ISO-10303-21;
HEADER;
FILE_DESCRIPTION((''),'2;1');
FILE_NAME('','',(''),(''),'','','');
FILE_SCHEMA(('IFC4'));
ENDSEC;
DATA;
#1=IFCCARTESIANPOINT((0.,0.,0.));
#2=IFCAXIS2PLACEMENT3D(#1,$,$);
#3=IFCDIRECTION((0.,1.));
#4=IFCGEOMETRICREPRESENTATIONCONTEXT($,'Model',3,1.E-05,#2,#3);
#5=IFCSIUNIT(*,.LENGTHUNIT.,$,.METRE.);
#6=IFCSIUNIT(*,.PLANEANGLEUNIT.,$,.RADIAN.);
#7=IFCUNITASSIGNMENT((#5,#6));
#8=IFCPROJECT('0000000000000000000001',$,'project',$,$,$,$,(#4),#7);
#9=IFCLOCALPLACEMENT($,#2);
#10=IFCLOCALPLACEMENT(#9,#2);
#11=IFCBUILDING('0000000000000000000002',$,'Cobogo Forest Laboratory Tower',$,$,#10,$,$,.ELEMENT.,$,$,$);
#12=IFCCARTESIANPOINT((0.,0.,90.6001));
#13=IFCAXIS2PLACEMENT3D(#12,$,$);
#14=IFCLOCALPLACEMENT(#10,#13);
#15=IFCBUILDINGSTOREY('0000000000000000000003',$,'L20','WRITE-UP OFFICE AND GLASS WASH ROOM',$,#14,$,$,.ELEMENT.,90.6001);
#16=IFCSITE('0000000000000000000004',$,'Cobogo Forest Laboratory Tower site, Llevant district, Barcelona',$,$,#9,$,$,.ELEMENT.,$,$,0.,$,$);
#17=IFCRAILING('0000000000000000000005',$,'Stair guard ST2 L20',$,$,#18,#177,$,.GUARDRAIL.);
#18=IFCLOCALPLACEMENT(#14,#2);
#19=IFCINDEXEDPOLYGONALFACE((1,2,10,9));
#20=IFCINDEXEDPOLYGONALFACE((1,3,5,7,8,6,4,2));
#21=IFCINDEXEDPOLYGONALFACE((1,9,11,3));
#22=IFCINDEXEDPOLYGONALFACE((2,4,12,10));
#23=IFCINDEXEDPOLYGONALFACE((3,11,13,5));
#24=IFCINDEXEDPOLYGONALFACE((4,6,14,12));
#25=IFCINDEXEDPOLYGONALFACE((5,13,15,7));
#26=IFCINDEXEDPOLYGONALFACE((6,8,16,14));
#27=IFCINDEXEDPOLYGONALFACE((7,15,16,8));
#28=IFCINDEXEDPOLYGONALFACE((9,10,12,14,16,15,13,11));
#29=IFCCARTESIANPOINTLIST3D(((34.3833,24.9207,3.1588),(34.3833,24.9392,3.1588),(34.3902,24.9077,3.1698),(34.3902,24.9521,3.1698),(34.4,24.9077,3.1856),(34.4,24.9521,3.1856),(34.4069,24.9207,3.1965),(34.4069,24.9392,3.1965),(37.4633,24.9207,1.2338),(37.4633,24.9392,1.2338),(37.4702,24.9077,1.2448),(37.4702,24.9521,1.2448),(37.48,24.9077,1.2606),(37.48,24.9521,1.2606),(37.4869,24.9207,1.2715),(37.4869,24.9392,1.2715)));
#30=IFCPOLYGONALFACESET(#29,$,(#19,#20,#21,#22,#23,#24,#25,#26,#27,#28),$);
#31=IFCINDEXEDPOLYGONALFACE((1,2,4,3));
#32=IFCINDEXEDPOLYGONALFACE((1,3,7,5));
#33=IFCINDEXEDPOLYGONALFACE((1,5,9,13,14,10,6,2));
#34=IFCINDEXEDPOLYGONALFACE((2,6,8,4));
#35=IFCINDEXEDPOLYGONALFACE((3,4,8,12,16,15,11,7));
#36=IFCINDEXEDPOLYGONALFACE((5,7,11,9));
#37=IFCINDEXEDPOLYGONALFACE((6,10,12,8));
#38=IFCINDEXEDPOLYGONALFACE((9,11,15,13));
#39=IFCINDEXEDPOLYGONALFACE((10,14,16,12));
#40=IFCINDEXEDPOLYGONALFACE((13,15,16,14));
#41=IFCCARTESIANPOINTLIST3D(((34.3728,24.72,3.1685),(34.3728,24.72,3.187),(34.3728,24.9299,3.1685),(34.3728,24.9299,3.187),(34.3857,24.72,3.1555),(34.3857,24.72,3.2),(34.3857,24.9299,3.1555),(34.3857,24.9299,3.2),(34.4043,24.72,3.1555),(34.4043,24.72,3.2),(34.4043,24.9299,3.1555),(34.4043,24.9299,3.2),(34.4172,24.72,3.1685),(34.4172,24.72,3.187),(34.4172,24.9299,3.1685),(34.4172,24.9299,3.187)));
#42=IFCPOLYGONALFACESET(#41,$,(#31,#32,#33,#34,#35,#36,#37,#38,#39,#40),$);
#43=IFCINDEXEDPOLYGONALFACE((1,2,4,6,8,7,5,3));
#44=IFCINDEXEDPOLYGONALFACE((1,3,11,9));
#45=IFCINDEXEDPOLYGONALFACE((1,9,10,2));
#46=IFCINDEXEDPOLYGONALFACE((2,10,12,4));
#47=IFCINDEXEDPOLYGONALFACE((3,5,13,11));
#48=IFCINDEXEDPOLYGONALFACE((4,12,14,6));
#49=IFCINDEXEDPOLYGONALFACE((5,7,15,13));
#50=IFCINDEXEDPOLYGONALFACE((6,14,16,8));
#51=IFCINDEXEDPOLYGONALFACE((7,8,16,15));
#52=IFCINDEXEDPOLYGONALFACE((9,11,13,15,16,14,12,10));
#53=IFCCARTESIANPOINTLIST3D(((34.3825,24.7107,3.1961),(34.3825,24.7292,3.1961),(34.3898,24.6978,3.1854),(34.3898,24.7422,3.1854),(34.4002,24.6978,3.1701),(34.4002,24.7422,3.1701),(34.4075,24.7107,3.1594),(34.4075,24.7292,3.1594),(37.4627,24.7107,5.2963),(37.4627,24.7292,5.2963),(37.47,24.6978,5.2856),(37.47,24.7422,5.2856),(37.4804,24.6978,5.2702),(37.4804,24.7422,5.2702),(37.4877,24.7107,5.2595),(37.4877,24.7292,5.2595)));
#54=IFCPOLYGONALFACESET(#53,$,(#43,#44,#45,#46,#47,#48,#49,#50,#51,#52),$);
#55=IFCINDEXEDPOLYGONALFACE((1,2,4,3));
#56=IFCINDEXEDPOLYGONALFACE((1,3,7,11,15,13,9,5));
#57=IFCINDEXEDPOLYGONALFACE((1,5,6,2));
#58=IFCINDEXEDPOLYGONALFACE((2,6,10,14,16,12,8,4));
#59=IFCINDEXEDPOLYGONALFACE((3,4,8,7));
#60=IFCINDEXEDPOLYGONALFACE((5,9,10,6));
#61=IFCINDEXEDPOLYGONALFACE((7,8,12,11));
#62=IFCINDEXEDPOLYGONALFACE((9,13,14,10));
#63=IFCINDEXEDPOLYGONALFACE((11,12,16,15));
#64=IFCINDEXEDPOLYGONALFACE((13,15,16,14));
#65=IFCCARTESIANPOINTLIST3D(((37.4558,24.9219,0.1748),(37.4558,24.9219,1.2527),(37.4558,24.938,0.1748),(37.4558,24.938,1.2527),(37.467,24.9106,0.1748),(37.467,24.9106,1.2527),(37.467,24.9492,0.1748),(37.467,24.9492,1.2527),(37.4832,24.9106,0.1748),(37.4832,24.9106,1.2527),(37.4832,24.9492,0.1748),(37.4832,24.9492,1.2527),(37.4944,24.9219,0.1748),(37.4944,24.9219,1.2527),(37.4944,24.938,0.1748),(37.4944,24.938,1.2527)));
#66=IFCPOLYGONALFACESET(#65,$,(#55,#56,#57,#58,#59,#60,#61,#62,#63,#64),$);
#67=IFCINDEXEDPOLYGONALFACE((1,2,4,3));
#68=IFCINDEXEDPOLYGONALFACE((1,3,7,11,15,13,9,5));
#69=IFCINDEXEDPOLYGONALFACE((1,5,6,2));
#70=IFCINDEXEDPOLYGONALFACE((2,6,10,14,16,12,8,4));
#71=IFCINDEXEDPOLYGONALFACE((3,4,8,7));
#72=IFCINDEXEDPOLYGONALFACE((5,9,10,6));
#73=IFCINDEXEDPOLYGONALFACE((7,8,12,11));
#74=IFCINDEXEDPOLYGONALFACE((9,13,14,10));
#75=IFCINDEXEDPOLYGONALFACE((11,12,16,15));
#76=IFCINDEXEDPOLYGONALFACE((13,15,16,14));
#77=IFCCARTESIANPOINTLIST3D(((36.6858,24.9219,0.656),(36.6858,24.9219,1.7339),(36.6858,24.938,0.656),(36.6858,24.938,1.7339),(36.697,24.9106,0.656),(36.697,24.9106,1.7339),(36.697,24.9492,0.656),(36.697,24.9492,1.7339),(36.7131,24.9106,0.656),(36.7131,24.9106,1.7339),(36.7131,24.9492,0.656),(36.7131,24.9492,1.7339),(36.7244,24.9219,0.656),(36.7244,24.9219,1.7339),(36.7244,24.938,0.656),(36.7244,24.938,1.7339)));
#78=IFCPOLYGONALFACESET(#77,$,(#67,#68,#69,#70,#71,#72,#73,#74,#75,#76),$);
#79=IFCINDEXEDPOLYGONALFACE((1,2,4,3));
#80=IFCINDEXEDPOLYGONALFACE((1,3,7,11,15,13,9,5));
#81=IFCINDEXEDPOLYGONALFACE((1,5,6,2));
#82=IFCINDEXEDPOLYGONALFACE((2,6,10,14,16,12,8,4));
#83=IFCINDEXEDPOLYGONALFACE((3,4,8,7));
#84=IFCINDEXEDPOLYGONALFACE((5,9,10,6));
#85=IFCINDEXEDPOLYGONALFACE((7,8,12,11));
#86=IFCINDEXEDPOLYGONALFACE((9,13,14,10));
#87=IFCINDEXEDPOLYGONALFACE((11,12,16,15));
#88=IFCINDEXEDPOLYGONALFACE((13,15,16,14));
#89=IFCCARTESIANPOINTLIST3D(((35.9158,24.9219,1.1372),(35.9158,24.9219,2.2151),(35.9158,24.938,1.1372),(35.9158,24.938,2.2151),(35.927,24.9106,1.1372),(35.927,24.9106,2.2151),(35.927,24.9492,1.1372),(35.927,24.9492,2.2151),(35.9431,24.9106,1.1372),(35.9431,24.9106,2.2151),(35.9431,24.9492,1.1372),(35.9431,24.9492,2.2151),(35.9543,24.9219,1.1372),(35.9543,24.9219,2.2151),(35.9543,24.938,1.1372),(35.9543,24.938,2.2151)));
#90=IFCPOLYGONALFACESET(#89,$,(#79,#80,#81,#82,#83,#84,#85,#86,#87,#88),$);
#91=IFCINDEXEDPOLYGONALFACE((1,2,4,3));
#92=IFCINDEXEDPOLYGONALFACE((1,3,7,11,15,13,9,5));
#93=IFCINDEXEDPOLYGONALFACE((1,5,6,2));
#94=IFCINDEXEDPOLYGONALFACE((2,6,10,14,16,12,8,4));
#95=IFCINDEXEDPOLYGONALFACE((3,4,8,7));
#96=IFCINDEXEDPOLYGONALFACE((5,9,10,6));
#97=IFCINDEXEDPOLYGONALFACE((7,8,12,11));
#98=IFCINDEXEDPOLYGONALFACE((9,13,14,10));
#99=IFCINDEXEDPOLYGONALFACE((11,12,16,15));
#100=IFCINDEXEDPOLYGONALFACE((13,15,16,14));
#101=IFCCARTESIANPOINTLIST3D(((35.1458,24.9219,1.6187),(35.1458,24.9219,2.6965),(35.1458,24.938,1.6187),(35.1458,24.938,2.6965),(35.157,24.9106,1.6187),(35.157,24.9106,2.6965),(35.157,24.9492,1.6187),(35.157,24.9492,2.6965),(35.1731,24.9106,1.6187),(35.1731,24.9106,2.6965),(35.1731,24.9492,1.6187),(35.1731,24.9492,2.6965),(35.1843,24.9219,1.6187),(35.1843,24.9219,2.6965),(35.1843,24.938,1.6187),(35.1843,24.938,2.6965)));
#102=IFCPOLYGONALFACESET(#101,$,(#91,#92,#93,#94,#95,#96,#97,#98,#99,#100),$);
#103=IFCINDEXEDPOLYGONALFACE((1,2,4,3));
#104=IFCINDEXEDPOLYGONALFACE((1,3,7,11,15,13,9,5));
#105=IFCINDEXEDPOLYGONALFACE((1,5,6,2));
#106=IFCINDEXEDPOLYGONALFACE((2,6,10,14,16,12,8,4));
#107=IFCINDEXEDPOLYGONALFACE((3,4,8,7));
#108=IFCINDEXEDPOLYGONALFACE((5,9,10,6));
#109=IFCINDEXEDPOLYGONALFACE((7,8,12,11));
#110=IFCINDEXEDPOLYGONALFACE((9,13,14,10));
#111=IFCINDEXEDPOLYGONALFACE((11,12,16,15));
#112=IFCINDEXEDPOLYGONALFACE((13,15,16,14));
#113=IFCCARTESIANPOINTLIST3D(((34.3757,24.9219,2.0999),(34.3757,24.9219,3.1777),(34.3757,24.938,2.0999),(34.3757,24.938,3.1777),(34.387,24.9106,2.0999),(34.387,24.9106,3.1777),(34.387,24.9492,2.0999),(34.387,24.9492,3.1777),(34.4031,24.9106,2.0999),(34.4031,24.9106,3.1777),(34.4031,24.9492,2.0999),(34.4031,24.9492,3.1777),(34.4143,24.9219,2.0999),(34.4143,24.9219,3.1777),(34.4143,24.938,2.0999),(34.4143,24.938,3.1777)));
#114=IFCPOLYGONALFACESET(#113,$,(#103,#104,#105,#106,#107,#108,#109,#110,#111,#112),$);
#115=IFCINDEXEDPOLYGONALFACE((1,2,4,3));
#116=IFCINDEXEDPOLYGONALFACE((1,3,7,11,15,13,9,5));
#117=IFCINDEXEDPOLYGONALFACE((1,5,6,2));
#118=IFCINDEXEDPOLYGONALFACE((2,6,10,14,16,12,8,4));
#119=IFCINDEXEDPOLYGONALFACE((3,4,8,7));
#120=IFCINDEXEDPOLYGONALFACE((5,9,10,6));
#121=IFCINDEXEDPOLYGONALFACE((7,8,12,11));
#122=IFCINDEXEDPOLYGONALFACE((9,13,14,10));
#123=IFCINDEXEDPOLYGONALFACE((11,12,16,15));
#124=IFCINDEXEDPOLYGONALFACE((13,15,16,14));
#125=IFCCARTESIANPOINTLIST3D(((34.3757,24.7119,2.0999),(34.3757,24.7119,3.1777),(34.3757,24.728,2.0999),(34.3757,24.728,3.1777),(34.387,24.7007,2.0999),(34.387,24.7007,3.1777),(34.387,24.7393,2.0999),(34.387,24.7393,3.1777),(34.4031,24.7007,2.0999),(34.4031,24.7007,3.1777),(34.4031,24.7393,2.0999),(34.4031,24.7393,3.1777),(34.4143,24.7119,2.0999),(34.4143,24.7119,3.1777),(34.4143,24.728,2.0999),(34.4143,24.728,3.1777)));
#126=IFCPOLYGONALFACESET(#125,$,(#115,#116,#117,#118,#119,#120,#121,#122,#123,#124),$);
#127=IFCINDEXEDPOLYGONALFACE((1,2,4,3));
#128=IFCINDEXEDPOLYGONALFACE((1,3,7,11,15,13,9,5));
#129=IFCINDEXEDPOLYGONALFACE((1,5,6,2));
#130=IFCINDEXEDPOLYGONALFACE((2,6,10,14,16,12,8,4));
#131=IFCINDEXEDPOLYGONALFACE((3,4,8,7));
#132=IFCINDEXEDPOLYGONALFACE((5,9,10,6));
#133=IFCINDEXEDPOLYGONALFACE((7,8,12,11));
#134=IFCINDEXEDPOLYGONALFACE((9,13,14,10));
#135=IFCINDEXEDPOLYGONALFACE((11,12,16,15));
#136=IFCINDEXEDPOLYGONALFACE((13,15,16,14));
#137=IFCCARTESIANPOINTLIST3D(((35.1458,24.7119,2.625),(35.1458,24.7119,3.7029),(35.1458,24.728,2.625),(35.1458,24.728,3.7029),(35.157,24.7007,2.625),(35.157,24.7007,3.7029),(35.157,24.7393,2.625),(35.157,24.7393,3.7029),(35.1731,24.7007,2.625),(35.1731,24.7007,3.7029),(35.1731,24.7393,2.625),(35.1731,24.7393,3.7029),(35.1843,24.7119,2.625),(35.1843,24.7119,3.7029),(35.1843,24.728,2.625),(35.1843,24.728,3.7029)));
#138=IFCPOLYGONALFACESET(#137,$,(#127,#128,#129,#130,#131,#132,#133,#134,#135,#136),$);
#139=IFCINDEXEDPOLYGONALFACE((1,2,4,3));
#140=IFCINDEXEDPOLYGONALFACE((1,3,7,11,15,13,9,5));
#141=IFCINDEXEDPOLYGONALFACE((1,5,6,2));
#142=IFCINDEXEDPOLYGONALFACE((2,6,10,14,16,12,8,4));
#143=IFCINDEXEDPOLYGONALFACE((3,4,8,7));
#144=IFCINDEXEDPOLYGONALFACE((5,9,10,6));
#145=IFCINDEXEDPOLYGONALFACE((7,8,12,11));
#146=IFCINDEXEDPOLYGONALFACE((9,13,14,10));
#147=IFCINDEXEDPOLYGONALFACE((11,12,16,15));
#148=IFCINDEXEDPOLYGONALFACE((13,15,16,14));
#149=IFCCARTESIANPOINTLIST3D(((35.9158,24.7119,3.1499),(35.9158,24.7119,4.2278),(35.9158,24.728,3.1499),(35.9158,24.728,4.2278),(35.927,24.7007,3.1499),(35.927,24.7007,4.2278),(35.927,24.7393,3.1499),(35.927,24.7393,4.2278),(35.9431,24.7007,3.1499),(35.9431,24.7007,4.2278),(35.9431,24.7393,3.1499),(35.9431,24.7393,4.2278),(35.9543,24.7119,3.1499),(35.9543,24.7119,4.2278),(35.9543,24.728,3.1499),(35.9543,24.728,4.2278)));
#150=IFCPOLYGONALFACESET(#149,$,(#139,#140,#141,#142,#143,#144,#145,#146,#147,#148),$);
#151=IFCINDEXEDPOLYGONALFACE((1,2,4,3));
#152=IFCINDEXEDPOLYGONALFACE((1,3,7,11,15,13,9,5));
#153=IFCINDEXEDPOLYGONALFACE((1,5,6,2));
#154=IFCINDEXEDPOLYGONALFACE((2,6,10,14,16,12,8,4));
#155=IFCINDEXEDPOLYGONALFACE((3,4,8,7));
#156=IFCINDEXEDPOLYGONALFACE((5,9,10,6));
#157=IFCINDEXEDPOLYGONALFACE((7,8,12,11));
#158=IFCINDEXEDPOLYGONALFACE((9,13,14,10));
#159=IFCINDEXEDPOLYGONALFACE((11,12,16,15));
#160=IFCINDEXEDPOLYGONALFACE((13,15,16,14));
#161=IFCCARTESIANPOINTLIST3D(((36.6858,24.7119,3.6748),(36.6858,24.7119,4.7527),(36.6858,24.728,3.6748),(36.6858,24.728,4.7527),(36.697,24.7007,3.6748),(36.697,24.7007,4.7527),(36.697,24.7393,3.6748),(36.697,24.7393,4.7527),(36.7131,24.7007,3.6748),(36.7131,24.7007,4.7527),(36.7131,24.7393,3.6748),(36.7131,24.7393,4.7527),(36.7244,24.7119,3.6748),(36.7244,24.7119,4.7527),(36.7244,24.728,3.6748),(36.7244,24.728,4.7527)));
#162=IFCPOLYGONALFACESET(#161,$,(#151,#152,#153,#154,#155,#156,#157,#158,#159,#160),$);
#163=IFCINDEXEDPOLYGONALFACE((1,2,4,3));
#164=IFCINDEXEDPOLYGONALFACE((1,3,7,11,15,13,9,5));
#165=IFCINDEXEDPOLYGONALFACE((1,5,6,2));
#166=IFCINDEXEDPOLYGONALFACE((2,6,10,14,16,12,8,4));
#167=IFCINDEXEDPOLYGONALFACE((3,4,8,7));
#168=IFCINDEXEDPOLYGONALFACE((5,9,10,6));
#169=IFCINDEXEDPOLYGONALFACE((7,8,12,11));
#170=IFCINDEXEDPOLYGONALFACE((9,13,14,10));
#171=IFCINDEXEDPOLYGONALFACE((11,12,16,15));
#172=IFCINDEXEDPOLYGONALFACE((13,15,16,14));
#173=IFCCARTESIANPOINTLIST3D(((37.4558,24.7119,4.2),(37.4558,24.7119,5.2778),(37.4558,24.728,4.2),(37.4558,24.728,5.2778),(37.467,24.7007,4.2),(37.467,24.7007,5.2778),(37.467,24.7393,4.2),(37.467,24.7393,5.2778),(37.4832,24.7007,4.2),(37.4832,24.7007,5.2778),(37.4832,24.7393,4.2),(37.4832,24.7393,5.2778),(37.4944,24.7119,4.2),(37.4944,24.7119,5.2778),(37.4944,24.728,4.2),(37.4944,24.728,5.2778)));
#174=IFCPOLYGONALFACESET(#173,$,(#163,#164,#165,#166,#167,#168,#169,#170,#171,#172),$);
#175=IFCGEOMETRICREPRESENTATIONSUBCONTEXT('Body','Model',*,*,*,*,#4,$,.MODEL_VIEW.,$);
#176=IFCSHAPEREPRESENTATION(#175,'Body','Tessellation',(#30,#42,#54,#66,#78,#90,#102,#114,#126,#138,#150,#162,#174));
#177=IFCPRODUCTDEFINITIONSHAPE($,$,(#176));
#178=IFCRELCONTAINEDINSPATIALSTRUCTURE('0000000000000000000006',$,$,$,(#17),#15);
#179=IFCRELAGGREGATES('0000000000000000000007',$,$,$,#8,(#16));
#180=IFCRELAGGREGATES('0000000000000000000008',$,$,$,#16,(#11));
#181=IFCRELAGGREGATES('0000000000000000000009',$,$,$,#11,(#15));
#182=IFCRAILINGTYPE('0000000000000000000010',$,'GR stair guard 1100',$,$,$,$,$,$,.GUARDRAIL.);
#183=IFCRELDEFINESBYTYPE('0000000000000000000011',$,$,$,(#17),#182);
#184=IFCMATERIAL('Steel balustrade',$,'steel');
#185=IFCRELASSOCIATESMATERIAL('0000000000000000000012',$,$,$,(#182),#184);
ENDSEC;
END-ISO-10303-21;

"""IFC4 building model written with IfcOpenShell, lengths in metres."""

from ifc_helpers import new_model, si_unit, direction, frame, origin, place, context, subcontext, project, spatial, polyline, outline, extrude, material, type_object, element, save


model = new_model("IFC4")

# Units and contexts
model_context = context("Model", 3, precision=1e-05, world=origin(), true_north=direction((0.0, 1.0)))
body_context = subcontext(model_context, "Body", "Model", "MODEL_VIEW")
ifc_project = project(units=[si_unit("LENGTHUNIT", "METRE"), si_unit("PLANEANGLEUNIT", "RADIAN")], contexts=[model_context])

# Site, building, storey
site_placement = place(None, origin())
site = spatial("IfcSite", under=ifc_project, at=site_placement, Name="Cobogo Forest Laboratory Tower site, Llevant district, Barcelona", CompositionType="ELEMENT", RefElevation=0.0)
building_placement = place(site_placement, origin())
building = spatial("IfcBuilding", under=site, at=building_placement, Name="Cobogo Forest Laboratory Tower", CompositionType="ELEMENT")
storey_placement = place(building_placement, frame((0.0, 0.0, 90.6001)))
storey = spatial("IfcBuildingStorey", under=building, at=storey_placement, Name="L20", Description="WRITE-UP OFFICE AND GLASS WASH ROOM", CompositionType="ELEMENT", Elevation=90.6001)

# Railing
ifc_material_1 = material(Name="Steel balustrade", Category="steel")
railing_type_1 = type_object("IfcRailingType", Name="GR stair guard 1100", PredefinedType="GUARDRAIL", material=ifc_material_1)
railing_1_placement = place(storey_placement, frame((37.4751, 24.9299, 0.1748)))
element("IfcRailing", 1, at=railing_1_placement, inside=storey, type_object=railing_type_1, Name="Stair guard ST2 L20", PredefinedType="GUARDRAIL", context=body_context, shape_type="SweptSolid", body=[
    extrude(outline(polyline([(0.0222, 0.0093), (0.0093, 0.0222), (-0.0093, 0.0222), (-0.0222, 0.0093), (-0.0222, -0.0093), (-0.0093, -0.0222), (0.0093, -0.0222), (0.0222, -0.0093), (0.0222, 0.0093)])), frame((0.0, 0.0, 1.0779), z_axis=(-0.847998, 0.0, 0.529999), x_axis=(0.0, -1.0, 0.0)), (0.0, 0.0, 1.0), 3.6321),
    extrude(outline(polyline([(0.0222, 0.0093), (0.0093, 0.0222), (-0.0093, 0.0222), (-0.0222, 0.0093), (-0.0222, -0.0093), (-0.0093, -0.0222), (0.0093, -0.0222), (0.0222, -0.0093), (0.0222, 0.0093)])), frame((-3.0801, 0.0, 3.0029), z_axis=(0.0, -1.0, 0.0), x_axis=(1.0, 0.0, 0.0)), (0.0, 0.0, 1.0), 0.21),
    extrude(outline(polyline([(0.0222, 0.0093), (0.0093, 0.0222), (-0.0093, 0.0222), (-0.0222, 0.0093), (-0.0222, -0.0093), (-0.0093, -0.0222), (0.0093, -0.0222), (0.0222, -0.0093), (0.0222, 0.0093)])), frame((-3.0801, -0.21, 3.0029), z_axis=(0.826222, 0.0, 0.563345), x_axis=(0.0, 1.0, 0.0)), (0.0, 0.0, 1.0), 3.728),
    extrude(outline(polyline([(0.0193, 0.0081), (0.0081, 0.0193), (-0.0081, 0.0193), (-0.0193, 0.0081), (-0.0193, -0.0081), (-0.0081, -0.0193), (0.0081, -0.0193), (0.0193, -0.0081), (0.0193, 0.0081)])), origin(), (0.0, 0.0, 1.0), 1.0779),
    extrude(outline(polyline([(0.0193, 0.0081), (0.0081, 0.0193), (-0.0081, 0.0193), (-0.0193, 0.0081), (-0.0193, -0.0081), (-0.0081, -0.0193), (0.0081, -0.0193), (0.0193, -0.0081), (0.0193, 0.0081)])), frame((-0.77, 0.0, 0.4812)), (0.0, 0.0, 1.0), 1.0779),
    extrude(outline(polyline([(0.0193, 0.0081), (0.0081, 0.0193), (-0.0081, 0.0193), (-0.0193, 0.0081), (-0.0193, -0.0081), (-0.0081, -0.0193), (0.0081, -0.0193), (0.0193, -0.0081), (0.0193, 0.0081)])), frame((-1.54, 0.0, 0.9624)), (0.0, 0.0, 1.0), 1.0779),
    extrude(outline(polyline([(0.0193, 0.0081), (0.0081, 0.0193), (-0.0081, 0.0193), (-0.0193, 0.0081), (-0.0193, -0.0081), (-0.0081, -0.0193), (0.0081, -0.0193), (0.0193, -0.0081), (0.0193, 0.0081)])), frame((-2.3101, 0.0, 1.4438)), (0.0, 0.0, 1.0), 1.0779),
    extrude(outline(polyline([(0.0193, 0.0081), (0.0081, 0.0193), (-0.0081, 0.0193), (-0.0193, 0.0081), (-0.0193, -0.0081), (-0.0081, -0.0193), (0.0081, -0.0193), (0.0193, -0.0081), (0.0193, 0.0081)])), frame((-3.0801, 0.0, 1.925)), (0.0, 0.0, 1.0), 1.0779),
    extrude(outline(polyline([(0.0193, 0.0081), (0.0081, 0.0193), (-0.0081, 0.0193), (-0.0193, 0.0081), (-0.0193, -0.0081), (-0.0081, -0.0193), (0.0081, -0.0193), (0.0193, -0.0081), (0.0193, 0.0081)])), frame((-3.0801, -0.21, 1.925)), (0.0, 0.0, 1.0), 1.0779),
    extrude(outline(polyline([(0.0193, 0.0081), (0.0081, 0.0193), (-0.0081, 0.0193), (-0.0193, 0.0081), (-0.0193, -0.0081), (-0.0081, -0.0193), (0.0081, -0.0193), (0.0193, -0.0081), (0.0193, 0.0081)])), frame((-2.3101, -0.21, 2.4502)), (0.0, 0.0, 1.0), 1.0779),
    extrude(outline(polyline([(0.0193, 0.0081), (0.0081, 0.0193), (-0.0081, 0.0193), (-0.0193, 0.0081), (-0.0193, -0.0081), (-0.0081, -0.0193), (0.0081, -0.0193), (0.0193, -0.0081), (0.0193, 0.0081)])), frame((-1.54, -0.21, 2.9751)), (0.0, 0.0, 1.0), 1.0779),
    extrude(outline(polyline([(0.0193, 0.0081), (0.0081, 0.0193), (-0.0081, 0.0193), (-0.0193, 0.0081), (-0.0193, -0.0081), (-0.0081, -0.0193), (0.0081, -0.0193), (0.0193, -0.0081), (0.0193, 0.0081)])), frame((-0.77, -0.21, 3.5)), (0.0, 0.0, 1.0), 1.0779),
    extrude(outline(polyline([(0.0193, 0.0081), (0.0081, 0.0193), (-0.0081, 0.0193), (-0.0193, 0.0081), (-0.0193, -0.0081), (-0.0081, -0.0193), (0.0081, -0.0193), (0.0193, -0.0081), (0.0193, 0.0081)])), frame((0.0, -0.21, 4.0251)), (0.0, 0.0, 1.0), 1.0779),
])

save(model, "model.ifc")
